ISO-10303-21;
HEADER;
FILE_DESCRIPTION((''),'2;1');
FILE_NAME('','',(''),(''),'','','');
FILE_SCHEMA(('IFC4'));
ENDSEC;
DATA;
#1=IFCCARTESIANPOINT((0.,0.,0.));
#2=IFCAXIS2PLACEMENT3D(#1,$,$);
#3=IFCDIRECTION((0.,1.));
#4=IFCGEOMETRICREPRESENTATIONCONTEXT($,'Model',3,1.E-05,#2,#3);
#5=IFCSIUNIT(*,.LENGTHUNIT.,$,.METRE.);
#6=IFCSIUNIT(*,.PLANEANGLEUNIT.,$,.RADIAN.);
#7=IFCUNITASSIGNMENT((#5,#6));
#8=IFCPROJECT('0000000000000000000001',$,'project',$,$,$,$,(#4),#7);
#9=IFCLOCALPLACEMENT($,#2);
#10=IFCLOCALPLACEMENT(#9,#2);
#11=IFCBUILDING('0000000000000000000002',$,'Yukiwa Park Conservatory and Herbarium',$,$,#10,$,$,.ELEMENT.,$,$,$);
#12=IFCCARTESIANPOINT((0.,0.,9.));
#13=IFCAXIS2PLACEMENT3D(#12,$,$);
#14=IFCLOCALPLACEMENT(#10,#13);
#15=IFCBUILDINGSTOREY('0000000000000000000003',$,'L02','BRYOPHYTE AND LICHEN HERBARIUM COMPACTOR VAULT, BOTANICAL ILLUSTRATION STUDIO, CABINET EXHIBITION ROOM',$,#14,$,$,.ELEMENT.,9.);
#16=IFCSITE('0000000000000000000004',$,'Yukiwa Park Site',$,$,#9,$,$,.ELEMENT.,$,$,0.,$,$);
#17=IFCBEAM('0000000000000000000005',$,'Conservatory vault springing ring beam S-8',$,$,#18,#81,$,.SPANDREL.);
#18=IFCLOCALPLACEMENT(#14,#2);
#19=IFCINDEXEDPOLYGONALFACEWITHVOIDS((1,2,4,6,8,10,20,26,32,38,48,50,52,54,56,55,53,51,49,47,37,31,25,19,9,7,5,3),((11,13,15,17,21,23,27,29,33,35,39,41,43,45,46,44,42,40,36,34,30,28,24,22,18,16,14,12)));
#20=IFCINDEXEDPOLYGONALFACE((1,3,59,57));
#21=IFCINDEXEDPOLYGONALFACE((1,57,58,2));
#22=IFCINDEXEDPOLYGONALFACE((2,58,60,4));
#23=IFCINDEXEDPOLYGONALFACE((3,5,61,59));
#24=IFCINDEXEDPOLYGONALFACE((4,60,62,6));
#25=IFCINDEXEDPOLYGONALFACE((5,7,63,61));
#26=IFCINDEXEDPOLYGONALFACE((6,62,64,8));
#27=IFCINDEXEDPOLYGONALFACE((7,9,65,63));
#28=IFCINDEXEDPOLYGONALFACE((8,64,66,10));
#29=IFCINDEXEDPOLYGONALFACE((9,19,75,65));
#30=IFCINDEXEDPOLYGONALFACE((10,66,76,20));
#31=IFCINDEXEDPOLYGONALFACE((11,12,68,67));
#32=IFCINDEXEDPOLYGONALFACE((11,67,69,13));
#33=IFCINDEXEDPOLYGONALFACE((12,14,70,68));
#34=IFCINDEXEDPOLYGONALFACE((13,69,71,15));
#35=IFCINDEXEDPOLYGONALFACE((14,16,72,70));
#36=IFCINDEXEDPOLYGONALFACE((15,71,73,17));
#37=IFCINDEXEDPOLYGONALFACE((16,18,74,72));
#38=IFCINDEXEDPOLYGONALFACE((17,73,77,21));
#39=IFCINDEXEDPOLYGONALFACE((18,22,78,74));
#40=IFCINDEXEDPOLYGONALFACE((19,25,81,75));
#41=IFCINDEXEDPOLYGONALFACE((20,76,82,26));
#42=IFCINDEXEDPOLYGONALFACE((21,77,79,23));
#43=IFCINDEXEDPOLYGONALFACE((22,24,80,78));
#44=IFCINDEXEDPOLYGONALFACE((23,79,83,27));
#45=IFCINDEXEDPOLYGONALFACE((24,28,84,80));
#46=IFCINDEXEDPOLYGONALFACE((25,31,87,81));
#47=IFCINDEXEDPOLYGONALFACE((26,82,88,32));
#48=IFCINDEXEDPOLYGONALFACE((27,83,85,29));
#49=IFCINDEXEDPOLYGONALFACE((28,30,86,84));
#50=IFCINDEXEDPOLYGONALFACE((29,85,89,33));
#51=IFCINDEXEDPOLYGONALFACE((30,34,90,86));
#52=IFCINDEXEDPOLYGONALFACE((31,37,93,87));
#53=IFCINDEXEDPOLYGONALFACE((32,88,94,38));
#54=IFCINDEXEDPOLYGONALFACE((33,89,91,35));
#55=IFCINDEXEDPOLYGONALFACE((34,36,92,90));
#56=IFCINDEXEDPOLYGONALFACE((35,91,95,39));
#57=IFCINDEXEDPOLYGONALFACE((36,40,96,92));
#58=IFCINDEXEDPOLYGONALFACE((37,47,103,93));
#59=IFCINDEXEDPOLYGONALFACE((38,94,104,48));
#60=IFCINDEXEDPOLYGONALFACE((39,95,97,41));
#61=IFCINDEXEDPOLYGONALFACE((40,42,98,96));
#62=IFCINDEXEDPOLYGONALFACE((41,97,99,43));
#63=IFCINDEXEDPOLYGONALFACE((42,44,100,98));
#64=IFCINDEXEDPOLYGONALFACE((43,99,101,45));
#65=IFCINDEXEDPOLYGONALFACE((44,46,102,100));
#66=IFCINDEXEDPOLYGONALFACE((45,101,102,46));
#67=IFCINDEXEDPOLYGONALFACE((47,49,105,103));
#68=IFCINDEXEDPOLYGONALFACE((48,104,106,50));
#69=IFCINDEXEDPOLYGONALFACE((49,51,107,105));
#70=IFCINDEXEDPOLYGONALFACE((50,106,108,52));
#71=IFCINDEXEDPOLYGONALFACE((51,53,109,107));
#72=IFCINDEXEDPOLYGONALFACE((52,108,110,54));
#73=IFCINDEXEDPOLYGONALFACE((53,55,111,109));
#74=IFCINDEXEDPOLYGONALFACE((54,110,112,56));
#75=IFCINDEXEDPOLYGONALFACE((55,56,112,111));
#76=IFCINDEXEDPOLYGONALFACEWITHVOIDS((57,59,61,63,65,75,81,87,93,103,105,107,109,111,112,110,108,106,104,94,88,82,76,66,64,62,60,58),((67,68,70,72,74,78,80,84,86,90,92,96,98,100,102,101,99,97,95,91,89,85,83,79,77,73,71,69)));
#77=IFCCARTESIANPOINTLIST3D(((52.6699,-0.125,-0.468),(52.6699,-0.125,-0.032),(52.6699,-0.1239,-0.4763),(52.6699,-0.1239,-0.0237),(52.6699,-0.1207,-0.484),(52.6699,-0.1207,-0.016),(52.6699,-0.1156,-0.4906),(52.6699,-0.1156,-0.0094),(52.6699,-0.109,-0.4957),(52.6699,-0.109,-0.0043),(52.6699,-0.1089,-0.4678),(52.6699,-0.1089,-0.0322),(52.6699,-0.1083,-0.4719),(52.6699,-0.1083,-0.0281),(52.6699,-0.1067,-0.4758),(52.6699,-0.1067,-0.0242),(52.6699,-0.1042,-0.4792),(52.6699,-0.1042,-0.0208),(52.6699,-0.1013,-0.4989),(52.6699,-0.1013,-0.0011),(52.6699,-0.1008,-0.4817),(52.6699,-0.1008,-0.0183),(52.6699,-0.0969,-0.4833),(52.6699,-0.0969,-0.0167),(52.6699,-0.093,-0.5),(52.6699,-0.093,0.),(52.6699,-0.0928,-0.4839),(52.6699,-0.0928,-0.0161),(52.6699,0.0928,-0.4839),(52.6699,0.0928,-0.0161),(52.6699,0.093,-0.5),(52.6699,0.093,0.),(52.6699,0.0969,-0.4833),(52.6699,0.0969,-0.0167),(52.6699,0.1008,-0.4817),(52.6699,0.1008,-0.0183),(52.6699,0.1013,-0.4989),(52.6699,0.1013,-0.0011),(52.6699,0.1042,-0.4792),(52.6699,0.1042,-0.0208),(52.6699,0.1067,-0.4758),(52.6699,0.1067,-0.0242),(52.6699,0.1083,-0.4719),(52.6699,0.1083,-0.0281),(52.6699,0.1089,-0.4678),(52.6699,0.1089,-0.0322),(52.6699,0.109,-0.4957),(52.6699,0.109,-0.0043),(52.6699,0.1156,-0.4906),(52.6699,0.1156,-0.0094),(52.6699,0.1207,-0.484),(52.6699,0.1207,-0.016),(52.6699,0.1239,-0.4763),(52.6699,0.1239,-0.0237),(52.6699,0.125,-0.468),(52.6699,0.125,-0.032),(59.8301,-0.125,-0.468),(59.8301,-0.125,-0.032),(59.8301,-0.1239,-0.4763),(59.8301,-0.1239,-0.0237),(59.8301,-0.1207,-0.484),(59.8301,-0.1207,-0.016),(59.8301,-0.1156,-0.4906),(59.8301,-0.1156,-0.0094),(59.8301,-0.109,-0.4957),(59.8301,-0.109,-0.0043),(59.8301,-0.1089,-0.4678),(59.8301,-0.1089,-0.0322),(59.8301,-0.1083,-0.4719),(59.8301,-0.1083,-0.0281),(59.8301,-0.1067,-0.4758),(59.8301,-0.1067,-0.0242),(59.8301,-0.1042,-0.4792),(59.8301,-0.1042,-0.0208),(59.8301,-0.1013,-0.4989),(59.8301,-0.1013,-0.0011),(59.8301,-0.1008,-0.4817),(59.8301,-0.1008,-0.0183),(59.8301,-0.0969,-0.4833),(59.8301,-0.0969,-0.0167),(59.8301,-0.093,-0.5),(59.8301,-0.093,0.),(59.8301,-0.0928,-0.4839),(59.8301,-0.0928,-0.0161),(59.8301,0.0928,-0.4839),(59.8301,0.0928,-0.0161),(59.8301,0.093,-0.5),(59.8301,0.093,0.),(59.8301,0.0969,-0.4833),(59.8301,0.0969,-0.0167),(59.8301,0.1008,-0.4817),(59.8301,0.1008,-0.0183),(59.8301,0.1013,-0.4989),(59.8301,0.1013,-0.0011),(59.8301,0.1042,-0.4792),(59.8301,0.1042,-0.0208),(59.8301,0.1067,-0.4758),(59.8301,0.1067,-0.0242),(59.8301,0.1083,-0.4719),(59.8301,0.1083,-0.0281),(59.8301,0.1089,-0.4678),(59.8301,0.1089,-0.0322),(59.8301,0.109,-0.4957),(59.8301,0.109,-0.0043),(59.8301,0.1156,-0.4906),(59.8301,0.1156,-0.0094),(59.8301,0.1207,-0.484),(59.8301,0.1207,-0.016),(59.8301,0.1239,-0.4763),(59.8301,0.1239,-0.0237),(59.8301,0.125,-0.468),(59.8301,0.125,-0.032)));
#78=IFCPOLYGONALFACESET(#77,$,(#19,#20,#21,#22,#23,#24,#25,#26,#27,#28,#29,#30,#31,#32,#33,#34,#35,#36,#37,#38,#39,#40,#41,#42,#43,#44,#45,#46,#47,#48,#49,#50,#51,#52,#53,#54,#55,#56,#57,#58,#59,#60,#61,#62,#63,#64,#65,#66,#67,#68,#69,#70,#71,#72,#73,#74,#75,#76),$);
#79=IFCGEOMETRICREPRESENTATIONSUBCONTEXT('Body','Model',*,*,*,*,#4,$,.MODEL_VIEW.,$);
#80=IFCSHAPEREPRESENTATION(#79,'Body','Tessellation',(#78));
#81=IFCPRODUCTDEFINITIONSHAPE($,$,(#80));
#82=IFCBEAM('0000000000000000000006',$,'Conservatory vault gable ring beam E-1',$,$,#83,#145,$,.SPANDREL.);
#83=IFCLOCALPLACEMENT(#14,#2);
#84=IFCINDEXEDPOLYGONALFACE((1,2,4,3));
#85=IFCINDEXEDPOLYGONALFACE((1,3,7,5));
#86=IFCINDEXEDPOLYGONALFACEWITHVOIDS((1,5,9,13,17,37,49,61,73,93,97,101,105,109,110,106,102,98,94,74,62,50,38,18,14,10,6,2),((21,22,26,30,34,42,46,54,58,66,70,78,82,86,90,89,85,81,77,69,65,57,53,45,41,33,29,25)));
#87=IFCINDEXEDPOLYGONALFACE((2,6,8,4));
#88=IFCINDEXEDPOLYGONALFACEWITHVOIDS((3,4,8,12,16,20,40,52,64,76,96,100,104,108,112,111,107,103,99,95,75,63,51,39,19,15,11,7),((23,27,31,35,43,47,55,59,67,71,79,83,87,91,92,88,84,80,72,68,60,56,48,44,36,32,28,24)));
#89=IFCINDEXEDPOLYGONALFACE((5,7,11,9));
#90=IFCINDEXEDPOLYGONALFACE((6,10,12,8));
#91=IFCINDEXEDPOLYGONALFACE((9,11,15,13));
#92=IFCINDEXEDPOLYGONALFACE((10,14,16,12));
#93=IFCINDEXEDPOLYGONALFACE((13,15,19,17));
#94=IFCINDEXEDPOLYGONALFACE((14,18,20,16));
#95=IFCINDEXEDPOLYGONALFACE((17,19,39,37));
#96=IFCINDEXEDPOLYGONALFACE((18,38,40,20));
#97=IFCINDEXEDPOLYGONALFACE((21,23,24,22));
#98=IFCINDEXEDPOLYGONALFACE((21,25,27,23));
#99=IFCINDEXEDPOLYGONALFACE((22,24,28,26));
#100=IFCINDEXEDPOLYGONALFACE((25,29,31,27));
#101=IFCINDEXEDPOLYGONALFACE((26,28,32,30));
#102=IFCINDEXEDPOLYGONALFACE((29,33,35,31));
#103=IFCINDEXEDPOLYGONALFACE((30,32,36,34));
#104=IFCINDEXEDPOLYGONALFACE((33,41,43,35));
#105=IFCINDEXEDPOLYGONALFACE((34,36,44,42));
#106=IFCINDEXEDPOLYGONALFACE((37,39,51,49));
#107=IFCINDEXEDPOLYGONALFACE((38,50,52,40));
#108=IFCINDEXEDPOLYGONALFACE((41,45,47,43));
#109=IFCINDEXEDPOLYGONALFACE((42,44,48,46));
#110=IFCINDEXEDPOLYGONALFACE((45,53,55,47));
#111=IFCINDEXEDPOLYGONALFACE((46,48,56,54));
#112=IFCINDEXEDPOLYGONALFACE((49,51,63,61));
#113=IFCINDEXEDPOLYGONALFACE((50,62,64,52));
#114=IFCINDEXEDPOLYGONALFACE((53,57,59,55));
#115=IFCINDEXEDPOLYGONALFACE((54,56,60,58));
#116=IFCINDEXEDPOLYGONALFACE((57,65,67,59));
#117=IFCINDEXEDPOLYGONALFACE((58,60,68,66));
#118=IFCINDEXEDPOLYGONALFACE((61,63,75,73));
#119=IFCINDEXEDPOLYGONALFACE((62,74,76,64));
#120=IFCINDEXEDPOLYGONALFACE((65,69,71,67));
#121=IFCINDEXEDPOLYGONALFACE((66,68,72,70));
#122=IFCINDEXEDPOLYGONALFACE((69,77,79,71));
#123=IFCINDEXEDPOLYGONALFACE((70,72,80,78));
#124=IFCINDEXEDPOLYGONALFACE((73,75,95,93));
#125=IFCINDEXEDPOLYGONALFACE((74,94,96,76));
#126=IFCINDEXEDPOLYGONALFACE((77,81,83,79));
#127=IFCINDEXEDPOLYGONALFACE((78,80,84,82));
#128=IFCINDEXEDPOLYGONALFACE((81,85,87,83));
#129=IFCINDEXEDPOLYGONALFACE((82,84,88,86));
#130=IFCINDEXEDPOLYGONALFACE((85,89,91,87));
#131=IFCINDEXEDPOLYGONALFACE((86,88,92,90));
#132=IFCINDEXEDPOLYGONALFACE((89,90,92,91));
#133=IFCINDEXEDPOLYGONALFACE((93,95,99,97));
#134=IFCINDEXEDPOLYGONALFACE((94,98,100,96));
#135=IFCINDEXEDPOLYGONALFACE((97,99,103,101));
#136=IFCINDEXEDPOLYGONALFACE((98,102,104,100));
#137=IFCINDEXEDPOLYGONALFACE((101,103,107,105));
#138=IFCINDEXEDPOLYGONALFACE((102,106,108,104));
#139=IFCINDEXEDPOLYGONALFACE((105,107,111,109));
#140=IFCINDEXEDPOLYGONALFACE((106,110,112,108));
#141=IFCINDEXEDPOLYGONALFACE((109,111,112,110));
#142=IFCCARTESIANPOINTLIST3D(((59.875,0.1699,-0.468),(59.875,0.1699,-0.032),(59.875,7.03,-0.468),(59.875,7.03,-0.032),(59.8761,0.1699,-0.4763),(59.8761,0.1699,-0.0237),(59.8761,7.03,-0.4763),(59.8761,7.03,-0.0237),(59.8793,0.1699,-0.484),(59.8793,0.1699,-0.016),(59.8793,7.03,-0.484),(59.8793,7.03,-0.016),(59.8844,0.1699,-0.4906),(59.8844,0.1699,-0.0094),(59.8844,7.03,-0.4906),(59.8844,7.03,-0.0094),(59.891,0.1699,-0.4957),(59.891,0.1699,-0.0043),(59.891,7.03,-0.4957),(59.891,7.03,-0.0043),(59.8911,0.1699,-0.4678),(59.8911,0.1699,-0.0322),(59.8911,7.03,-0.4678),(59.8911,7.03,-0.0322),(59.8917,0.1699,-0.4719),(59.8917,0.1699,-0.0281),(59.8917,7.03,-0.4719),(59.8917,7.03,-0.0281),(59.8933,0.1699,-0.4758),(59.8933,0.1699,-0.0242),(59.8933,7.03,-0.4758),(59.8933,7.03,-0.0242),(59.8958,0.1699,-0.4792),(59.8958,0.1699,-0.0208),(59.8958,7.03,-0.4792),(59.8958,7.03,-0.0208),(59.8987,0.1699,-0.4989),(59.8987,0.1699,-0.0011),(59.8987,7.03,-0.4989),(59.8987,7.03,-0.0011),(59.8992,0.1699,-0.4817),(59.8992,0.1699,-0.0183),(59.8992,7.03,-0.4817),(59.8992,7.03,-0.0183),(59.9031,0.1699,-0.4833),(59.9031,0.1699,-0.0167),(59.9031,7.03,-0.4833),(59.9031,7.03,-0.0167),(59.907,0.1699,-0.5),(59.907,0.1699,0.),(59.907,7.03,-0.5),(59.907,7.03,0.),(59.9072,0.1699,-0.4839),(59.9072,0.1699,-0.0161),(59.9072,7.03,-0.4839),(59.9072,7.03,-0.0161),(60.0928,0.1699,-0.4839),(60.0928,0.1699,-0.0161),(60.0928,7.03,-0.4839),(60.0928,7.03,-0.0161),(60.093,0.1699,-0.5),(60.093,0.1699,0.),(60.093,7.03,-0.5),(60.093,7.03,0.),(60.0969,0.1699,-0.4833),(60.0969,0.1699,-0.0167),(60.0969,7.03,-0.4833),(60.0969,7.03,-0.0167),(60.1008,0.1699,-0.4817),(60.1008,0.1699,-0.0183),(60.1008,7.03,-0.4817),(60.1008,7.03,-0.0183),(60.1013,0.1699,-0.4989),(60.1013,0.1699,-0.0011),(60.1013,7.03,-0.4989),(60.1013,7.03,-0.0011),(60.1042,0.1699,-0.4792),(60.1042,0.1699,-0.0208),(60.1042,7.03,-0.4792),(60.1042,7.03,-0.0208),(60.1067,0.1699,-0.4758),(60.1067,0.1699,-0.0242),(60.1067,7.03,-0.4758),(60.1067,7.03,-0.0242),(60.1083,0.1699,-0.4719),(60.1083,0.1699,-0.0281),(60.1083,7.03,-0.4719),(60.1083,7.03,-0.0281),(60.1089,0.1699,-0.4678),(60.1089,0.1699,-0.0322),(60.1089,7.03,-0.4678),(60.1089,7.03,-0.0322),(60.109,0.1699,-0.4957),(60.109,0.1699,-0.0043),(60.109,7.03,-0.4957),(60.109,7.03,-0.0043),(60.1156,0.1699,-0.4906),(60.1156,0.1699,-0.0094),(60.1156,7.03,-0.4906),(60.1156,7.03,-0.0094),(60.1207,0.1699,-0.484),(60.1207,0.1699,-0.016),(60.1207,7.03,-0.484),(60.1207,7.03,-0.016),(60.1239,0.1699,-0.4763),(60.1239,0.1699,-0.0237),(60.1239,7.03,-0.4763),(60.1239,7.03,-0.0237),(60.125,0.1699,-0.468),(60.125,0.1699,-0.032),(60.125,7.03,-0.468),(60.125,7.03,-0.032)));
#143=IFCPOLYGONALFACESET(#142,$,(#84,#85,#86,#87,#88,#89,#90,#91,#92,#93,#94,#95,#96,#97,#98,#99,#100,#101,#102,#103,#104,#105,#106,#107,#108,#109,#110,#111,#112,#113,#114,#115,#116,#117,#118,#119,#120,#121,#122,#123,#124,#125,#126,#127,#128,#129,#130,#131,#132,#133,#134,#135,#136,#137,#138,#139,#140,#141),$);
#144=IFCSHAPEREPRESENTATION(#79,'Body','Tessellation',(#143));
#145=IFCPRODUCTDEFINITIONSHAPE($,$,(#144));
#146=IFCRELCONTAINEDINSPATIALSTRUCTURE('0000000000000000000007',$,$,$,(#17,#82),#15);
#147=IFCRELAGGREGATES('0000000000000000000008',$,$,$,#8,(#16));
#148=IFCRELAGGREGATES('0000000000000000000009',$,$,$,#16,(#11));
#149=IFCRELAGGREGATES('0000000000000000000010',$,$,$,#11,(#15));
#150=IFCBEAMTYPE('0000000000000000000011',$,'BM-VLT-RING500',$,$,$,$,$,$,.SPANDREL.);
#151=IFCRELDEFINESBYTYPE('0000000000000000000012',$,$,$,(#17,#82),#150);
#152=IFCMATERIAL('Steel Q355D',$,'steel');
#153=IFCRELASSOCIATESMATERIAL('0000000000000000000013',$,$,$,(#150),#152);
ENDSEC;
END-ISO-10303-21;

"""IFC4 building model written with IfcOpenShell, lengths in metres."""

from ifc_helpers import new_model, si_unit, direction, frame, origin, origin_2d, place, context, subcontext, project, spatial, hollow_rectangle, extrude, material, material_profile, profile_set, type_object, element, save


model = new_model("IFC4")

# Units and contexts
model_context = context("Model", 3, precision=1e-05, world=origin(), true_north=direction((0.0, 1.0)))
body_context = subcontext(model_context, "Body", "Model", "MODEL_VIEW")
ifc_project = project(units=[si_unit("LENGTHUNIT", "METRE"), si_unit("PLANEANGLEUNIT", "RADIAN")], contexts=[model_context])

# Site, building, storey
site_placement = place(None, origin())
site = spatial("IfcSite", under=ifc_project, at=site_placement, Name="Yukiwa Park Site", CompositionType="ELEMENT", RefElevation=0.0)
building_placement = place(site_placement, origin())
building = spatial("IfcBuilding", under=site, at=building_placement, Name="Yukiwa Park Conservatory and Herbarium", CompositionType="ELEMENT")
storey_placement = place(building_placement, frame((0.0, 0.0, 9.0)))
storey = spatial("IfcBuildingStorey", under=building, at=storey_placement, Name="L02", Description="BRYOPHYTE AND LICHEN HERBARIUM COMPACTOR VAULT, BOTANICAL ILLUSTRATION STUDIO, CABINET EXHIBITION ROOM", CompositionType="ELEMENT", Elevation=9.0)

# Beams
ifc_material_1 = material(Name="Steel Q355D", Category="steel")
ifc_material_profile_1 = material_profile(ifc_material_1, hollow_rectangle(XDim=0.25, YDim=0.5, WallThickness=0.0161, InnerFilletRadius=0.0161, OuterFilletRadius=0.032, at=origin_2d()), Name="RHS 500x250x16")
ifc_profile_set_1 = profile_set([ifc_material_profile_1], Name="Steel Q355D")
beam_type_1 = type_object("IfcBeamType", Name="BM-VLT-RING500", PredefinedType="SPANDREL", material=ifc_profile_set_1)
for number, where, z_axis, x_axis, name in (
    (1, (52.6699, 0.0, -0.25), (1.0, 0.0, 0.0), (0.0, 1.0, 0.0), "Conservatory vault springing ring beam S-8"),
):
    element("IfcBeam", number, at=place(storey_placement, frame(where, z_axis=z_axis, x_axis=x_axis)), inside=storey, type_object=beam_type_1, Name=name, PredefinedType="SPANDREL", context=body_context, shape_type="SweptSolid", body=[
        extrude(hollow_rectangle(XDim=0.25, YDim=0.5, WallThickness=0.0161, InnerFilletRadius=0.0161, OuterFilletRadius=0.032, at=origin_2d()), origin(), (0.0, 0.0, 1.0), 7.1602),
    ])
beam_1_placement = place(storey_placement, frame((60.0, 0.1699, -0.25), z_axis=(0.0, 1.0, 0.0), x_axis=(-1.0, 0.0, 0.0)))
element("IfcBeam", 2, at=beam_1_placement, inside=storey, type_object=beam_type_1, Name="Conservatory vault gable ring beam E-1", PredefinedType="SPANDREL", context=body_context, shape_type="SweptSolid", body=[
    extrude(hollow_rectangle(XDim=0.25, YDim=0.5, WallThickness=0.0161, InnerFilletRadius=0.0161, OuterFilletRadius=0.032, at=origin_2d()), origin(), (0.0, 0.0, 1.0), 6.8601),
])

save(model, "model.ifc")
